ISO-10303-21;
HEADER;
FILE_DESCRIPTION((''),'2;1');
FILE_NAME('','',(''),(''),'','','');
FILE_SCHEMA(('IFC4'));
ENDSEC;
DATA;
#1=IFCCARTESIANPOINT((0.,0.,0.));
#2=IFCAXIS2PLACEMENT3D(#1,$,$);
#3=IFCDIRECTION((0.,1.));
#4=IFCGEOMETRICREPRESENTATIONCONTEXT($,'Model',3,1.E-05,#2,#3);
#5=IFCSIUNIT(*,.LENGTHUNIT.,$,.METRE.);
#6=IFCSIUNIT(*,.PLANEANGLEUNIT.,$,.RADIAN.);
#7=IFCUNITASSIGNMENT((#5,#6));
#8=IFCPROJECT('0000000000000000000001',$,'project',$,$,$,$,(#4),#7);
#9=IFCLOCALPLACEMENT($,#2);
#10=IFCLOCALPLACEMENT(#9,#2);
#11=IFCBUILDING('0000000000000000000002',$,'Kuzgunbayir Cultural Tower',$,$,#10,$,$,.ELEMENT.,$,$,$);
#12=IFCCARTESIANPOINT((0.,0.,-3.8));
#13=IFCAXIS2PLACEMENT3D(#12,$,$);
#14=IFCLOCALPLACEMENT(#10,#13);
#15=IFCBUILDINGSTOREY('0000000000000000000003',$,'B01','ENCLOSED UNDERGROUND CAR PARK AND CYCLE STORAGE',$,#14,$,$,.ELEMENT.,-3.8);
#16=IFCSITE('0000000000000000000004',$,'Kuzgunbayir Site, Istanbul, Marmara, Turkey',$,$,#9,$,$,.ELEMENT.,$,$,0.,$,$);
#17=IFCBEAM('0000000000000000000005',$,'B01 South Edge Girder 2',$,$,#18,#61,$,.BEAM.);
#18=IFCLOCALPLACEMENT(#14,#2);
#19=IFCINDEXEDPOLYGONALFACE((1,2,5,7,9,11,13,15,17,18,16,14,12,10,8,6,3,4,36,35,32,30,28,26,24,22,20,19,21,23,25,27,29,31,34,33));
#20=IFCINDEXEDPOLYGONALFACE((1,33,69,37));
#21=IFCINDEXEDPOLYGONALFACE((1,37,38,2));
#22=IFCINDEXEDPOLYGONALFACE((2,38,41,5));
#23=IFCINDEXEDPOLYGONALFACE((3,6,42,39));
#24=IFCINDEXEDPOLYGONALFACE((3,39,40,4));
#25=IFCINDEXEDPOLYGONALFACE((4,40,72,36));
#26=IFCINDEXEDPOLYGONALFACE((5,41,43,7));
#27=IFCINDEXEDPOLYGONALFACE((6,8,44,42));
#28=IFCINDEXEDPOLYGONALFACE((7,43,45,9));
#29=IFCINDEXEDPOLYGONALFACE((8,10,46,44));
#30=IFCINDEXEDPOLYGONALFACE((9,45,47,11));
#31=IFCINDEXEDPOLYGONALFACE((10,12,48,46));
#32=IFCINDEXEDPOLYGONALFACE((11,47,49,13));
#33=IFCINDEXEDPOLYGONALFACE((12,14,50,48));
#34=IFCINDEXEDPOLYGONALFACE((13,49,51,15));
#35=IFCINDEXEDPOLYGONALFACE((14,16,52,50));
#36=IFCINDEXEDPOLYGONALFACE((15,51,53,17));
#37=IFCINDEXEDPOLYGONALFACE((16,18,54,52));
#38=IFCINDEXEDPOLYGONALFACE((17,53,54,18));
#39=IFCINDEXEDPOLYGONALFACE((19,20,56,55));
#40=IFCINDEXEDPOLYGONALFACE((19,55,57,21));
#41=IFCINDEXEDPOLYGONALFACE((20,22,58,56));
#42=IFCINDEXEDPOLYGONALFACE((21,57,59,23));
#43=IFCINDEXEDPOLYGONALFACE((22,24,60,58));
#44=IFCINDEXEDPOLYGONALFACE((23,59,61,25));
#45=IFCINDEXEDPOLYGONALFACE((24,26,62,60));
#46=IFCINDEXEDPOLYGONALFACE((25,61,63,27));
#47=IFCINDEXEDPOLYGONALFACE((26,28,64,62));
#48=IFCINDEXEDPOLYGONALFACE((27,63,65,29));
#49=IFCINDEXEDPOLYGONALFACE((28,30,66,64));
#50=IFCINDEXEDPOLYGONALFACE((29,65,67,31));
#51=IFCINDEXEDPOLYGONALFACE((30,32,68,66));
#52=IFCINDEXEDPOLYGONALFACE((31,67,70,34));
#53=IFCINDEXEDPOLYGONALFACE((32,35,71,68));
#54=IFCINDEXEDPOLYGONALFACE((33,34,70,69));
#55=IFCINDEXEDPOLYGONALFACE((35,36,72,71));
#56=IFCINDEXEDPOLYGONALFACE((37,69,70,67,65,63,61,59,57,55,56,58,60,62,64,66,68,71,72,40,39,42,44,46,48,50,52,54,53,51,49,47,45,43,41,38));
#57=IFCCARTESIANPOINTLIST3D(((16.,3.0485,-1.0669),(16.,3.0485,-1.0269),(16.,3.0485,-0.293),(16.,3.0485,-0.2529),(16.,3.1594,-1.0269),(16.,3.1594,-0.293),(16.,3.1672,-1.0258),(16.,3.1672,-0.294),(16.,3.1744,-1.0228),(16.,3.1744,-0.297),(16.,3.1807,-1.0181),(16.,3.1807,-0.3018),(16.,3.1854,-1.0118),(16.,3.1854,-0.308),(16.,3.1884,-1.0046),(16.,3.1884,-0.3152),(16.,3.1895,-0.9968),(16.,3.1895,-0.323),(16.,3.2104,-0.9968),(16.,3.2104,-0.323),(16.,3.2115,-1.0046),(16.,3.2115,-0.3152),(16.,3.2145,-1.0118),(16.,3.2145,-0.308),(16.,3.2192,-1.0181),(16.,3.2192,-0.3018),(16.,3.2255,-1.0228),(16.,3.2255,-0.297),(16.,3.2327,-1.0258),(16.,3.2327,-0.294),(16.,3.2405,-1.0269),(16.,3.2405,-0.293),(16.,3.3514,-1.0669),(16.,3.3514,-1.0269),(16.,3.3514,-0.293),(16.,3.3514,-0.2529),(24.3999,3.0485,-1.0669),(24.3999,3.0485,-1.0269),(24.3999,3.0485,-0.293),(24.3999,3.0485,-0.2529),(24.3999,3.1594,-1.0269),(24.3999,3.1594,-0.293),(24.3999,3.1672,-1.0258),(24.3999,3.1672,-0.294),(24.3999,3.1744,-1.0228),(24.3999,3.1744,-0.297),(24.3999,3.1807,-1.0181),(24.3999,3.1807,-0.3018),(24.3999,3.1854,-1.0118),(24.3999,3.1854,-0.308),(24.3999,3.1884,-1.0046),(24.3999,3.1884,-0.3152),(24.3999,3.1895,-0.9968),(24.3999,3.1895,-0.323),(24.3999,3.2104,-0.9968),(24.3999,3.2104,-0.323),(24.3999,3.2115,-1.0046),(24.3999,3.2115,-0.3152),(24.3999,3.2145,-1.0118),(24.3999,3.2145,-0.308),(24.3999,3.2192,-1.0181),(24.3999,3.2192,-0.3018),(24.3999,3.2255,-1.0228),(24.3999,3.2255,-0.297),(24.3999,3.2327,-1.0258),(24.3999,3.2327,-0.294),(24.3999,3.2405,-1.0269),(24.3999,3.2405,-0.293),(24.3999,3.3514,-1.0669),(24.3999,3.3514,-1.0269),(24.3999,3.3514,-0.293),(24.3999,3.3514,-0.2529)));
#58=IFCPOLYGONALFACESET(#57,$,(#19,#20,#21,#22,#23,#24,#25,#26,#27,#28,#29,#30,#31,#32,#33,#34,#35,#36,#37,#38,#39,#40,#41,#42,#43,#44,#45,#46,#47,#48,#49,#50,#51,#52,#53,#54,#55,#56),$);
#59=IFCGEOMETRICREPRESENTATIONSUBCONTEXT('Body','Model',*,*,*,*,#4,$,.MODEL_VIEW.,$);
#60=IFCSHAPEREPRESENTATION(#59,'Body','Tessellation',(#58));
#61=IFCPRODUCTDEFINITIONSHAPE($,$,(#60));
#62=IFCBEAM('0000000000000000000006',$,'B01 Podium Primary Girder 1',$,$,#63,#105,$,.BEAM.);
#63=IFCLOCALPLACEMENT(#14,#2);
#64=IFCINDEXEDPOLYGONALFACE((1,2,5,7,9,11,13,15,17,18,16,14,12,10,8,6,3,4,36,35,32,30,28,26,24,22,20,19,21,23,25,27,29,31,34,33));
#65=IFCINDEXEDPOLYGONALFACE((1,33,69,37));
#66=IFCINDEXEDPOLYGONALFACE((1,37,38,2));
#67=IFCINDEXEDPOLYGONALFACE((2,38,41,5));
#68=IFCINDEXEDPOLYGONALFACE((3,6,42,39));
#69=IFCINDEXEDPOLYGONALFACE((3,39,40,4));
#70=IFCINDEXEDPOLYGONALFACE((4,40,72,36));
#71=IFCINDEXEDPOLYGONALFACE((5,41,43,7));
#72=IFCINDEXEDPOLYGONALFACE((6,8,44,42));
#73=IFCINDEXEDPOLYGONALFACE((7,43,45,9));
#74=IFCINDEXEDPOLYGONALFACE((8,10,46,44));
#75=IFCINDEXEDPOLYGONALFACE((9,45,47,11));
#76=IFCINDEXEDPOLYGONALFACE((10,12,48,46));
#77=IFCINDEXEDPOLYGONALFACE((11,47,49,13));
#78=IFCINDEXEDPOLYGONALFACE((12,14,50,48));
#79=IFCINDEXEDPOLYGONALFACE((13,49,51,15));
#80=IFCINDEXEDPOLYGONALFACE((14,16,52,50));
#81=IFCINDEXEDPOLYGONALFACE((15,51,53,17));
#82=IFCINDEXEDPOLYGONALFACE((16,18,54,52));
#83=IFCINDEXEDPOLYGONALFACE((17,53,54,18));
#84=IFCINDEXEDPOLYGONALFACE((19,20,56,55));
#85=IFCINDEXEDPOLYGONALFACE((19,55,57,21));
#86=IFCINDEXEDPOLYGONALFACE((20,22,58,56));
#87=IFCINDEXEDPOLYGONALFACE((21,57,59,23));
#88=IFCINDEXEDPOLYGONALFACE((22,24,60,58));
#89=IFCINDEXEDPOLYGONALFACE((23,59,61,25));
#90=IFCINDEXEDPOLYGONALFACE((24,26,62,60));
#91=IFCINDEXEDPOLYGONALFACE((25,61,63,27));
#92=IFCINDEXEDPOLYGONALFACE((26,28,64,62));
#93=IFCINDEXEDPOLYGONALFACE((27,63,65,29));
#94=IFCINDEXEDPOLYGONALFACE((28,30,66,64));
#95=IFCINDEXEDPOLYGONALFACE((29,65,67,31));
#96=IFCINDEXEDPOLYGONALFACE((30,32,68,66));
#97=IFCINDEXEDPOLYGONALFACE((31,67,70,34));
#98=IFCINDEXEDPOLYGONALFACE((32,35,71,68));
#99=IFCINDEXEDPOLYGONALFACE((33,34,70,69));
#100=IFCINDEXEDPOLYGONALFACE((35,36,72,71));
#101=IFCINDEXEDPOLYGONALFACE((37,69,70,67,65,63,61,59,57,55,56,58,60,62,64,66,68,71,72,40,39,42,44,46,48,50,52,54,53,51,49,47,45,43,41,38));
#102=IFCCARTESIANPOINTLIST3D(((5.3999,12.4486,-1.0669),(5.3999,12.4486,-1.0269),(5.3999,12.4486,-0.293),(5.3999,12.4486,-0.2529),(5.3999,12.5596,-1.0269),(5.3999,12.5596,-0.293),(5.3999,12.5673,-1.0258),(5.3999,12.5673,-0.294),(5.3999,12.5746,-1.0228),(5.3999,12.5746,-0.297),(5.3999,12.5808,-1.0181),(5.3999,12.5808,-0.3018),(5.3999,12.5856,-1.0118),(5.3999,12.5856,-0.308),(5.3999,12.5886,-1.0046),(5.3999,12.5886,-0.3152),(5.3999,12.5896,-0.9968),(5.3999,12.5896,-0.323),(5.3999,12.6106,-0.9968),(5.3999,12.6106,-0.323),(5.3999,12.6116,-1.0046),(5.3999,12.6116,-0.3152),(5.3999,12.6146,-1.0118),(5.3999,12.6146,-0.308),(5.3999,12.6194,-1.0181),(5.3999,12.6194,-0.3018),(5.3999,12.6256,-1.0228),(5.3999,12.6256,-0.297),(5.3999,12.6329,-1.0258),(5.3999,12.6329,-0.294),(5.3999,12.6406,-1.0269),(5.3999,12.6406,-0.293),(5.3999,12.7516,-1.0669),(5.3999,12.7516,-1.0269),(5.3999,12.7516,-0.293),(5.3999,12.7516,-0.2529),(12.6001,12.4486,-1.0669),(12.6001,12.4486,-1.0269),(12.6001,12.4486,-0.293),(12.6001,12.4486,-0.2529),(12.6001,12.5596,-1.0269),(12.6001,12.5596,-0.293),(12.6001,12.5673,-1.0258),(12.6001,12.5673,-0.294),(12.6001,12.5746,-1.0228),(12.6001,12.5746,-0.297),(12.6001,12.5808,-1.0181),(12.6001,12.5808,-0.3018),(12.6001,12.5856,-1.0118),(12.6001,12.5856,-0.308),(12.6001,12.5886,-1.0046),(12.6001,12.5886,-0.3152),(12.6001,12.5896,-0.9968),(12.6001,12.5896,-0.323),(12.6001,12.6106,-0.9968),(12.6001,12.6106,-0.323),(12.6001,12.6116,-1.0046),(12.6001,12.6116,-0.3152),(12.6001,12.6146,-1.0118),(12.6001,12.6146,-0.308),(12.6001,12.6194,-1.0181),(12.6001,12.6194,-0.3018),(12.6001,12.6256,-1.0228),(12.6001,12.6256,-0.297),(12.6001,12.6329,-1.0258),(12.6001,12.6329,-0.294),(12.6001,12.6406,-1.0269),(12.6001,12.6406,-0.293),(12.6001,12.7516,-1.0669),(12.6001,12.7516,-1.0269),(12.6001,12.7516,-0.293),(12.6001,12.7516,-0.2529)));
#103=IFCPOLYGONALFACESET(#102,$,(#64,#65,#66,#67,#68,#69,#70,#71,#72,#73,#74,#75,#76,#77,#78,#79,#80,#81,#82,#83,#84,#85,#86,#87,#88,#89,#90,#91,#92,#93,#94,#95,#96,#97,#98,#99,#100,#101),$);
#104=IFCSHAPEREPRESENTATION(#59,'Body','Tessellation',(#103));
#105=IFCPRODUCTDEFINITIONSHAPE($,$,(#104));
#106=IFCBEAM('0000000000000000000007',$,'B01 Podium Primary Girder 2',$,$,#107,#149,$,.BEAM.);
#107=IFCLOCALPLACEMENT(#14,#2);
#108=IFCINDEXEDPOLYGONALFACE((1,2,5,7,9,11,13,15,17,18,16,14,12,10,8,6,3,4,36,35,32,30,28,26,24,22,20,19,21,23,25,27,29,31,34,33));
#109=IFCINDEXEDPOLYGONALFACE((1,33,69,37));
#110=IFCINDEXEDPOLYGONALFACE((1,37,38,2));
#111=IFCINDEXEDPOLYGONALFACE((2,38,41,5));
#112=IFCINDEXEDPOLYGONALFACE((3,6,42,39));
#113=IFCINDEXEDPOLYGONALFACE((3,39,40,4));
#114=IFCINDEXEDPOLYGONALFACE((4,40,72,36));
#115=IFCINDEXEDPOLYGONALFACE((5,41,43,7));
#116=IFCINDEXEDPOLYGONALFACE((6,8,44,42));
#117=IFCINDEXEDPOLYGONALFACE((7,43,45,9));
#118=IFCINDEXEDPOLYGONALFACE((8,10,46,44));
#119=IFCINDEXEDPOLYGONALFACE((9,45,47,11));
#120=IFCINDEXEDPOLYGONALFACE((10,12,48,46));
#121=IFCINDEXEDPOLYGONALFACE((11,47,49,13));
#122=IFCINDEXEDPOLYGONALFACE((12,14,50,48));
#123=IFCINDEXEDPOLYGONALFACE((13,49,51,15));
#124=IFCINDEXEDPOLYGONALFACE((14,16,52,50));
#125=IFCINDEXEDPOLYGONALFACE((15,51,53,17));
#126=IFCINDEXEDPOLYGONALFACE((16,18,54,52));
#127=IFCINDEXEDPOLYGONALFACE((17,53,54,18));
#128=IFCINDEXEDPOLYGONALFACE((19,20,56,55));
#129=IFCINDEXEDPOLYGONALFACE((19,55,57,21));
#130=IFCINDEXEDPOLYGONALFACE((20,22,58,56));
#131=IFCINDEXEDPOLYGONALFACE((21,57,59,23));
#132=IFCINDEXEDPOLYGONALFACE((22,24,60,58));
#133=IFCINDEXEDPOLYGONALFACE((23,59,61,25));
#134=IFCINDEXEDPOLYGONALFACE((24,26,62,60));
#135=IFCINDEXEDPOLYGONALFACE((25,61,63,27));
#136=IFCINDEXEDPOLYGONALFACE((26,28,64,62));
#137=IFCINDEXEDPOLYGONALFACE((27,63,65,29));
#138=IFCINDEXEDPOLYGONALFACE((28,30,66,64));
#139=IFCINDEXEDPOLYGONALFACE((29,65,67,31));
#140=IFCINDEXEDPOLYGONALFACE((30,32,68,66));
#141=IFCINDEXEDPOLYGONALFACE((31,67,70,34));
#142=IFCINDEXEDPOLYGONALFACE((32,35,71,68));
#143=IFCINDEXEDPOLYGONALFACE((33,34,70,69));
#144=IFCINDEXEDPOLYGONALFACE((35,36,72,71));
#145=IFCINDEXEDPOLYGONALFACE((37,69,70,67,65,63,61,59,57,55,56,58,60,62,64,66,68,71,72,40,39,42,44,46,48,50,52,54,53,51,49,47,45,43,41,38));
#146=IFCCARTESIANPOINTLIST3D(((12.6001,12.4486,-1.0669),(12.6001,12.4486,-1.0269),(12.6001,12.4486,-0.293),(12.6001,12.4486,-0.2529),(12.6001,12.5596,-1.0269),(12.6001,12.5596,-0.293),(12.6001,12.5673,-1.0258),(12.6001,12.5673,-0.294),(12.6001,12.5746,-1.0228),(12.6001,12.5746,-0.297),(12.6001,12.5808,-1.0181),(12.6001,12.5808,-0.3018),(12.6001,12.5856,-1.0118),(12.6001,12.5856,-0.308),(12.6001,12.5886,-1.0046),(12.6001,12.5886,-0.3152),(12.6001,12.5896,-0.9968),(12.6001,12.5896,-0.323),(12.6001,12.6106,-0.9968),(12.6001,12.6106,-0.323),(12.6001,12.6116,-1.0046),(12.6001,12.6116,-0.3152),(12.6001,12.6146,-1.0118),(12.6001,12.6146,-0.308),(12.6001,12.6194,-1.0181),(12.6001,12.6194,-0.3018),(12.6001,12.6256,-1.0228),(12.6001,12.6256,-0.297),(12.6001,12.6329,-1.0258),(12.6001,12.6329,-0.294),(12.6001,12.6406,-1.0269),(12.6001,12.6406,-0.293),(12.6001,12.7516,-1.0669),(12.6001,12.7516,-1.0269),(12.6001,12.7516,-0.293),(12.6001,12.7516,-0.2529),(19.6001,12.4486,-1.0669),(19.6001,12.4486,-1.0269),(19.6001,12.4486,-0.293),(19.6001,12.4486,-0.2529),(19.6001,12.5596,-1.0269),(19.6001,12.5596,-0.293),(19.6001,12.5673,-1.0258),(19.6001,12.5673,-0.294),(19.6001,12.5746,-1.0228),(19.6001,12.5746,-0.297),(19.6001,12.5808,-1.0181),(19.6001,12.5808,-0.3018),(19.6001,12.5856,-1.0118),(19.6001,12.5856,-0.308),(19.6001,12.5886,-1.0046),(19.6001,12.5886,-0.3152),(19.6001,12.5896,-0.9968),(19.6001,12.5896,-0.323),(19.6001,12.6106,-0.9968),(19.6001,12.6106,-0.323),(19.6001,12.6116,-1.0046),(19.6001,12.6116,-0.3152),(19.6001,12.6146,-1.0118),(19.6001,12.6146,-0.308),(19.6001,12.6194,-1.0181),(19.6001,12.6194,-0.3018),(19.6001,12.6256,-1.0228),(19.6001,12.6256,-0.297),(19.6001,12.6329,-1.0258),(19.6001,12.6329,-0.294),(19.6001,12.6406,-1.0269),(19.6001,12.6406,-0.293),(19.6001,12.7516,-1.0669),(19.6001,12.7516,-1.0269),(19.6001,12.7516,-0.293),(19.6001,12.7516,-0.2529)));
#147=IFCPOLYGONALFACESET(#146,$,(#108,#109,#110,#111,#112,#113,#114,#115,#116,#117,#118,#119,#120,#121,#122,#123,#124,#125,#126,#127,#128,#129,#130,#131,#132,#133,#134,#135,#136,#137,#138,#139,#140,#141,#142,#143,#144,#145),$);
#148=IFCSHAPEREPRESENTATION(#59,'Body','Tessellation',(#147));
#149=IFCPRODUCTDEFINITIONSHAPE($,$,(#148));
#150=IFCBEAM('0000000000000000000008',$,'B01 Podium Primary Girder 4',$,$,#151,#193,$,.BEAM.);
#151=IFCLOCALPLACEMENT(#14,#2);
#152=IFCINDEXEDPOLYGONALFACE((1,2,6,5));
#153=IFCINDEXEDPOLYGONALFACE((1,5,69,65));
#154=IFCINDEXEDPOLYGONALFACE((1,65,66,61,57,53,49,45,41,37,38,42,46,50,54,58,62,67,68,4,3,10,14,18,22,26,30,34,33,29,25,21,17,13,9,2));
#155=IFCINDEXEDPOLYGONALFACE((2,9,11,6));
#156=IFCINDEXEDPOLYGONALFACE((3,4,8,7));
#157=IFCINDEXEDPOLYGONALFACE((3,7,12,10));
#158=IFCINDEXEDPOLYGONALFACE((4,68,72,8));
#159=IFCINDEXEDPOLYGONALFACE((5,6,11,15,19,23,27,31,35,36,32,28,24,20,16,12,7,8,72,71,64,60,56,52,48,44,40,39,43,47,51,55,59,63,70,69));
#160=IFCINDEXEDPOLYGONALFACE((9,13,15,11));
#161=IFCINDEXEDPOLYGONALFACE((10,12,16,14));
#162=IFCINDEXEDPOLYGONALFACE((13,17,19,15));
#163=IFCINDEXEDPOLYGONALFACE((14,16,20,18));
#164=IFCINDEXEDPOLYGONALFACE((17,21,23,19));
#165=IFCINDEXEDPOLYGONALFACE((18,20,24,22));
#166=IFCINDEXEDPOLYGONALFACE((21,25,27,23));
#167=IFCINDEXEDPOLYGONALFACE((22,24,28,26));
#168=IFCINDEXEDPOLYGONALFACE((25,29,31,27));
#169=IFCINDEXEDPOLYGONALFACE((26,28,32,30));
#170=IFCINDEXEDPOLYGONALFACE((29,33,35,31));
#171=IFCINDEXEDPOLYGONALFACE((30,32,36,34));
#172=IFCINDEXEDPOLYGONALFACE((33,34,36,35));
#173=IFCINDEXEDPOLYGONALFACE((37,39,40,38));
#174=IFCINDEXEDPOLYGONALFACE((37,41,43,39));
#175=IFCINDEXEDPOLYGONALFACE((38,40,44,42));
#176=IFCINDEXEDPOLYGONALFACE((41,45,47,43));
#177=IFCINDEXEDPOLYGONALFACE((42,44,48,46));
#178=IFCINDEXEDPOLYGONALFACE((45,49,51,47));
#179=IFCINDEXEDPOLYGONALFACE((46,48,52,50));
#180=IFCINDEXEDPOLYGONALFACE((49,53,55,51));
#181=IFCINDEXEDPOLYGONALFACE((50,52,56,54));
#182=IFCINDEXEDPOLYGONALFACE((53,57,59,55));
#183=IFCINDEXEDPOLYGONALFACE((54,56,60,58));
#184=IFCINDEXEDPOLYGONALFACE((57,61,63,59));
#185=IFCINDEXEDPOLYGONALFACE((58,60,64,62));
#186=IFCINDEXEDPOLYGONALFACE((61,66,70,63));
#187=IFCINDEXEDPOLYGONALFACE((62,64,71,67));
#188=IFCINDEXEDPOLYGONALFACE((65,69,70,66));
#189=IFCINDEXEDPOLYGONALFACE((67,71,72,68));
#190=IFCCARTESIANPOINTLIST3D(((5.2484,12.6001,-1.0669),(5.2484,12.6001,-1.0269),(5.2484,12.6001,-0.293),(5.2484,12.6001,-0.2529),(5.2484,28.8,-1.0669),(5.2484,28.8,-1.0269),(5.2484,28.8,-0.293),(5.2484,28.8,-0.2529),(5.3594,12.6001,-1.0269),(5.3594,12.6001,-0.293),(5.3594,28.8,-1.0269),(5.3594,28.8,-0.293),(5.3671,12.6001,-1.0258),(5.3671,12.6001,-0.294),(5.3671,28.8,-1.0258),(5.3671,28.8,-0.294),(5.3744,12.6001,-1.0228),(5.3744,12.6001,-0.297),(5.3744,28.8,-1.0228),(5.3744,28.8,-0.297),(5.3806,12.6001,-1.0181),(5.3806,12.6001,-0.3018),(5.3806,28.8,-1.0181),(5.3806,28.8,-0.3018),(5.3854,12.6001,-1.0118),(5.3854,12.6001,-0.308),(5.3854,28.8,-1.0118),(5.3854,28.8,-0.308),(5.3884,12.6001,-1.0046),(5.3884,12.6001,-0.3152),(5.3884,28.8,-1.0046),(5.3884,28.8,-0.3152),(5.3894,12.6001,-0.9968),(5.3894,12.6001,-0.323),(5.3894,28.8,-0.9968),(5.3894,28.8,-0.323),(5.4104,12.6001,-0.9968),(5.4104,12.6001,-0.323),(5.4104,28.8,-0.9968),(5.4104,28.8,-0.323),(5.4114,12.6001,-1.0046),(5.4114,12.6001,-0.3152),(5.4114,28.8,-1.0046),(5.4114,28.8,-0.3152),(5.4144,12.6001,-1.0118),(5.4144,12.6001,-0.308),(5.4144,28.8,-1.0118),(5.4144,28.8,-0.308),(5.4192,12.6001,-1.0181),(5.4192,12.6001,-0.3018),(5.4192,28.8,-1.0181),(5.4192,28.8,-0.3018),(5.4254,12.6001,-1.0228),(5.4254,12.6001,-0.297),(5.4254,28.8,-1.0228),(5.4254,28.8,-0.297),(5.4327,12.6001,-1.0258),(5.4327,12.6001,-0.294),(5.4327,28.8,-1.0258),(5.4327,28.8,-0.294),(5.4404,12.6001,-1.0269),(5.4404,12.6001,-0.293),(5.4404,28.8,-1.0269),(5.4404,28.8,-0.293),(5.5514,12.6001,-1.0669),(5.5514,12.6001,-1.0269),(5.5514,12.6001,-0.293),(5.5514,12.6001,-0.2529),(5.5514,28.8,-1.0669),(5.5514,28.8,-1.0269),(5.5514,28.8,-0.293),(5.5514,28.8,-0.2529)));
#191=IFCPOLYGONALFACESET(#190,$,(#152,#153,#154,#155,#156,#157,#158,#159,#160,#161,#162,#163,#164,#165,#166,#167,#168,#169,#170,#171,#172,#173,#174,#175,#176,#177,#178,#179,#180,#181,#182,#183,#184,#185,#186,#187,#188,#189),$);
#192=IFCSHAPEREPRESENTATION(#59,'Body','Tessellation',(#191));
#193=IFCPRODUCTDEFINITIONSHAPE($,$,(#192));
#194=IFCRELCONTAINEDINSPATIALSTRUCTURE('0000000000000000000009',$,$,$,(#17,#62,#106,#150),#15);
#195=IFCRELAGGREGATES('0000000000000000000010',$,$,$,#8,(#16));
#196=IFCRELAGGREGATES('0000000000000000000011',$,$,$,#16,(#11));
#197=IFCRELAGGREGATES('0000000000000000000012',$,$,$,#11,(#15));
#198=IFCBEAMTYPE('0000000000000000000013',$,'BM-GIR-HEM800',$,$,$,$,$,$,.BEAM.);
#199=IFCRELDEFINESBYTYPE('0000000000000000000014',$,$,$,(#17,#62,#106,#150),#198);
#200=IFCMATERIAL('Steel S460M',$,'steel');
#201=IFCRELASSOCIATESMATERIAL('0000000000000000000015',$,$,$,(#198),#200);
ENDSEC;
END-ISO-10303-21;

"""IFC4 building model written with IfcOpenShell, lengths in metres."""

from ifc_helpers import new_model, si_unit, direction, frame, origin, origin_2d, place, context, subcontext, project, spatial, i_section, extrude, material, material_profile, profile_set, type_object, element, save


model = new_model("IFC4")

# Units and contexts
model_context = context("Model", 3, precision=1e-05, world=origin(), true_north=direction((0.0, 1.0)))
body_context = subcontext(model_context, "Body", "Model", "MODEL_VIEW")
ifc_project = project(units=[si_unit("LENGTHUNIT", "METRE"), si_unit("PLANEANGLEUNIT", "RADIAN")], contexts=[model_context])

# Site, building, storey
site_placement = place(None, origin())
site = spatial("IfcSite", under=ifc_project, at=site_placement, Name="Kuzgunbayir Site, Istanbul, Marmara, Turkey", CompositionType="ELEMENT", RefElevation=0.0)
building_placement = place(site_placement, origin())
building = spatial("IfcBuilding", under=site, at=building_placement, Name="Kuzgunbayir Cultural Tower", CompositionType="ELEMENT")
storey_placement = place(building_placement, frame((0.0, 0.0, -3.8)))
storey = spatial("IfcBuildingStorey", under=building, at=storey_placement, Name="B01", Description="ENCLOSED UNDERGROUND CAR PARK AND CYCLE STORAGE", CompositionType="ELEMENT", Elevation=-3.8)

# Beams
ifc_material_1 = material(Name="Steel S460M", Category="steel")
ifc_material_profile_1 = material_profile(ifc_material_1, i_section(OverallWidth=0.303, OverallDepth=0.814, WebThickness=0.021, FlangeThickness=0.04, FilletRadius=0.03, at=origin_2d()), Name="HEM 800")
ifc_profile_set_1 = profile_set([ifc_material_profile_1], Name="Steel S460M")
beam_type_1 = type_object("IfcBeamType", Name="BM-GIR-HEM800", PredefinedType="BEAM", material=ifc_profile_set_1)
beam_1_placement = place(storey_placement, frame((16.0, 3.2, -0.6599), z_axis=(1.0, 0.0, 0.0), x_axis=(0.0, 1.0, 0.0)))
element("IfcBeam", 1, at=beam_1_placement, inside=storey, type_object=beam_type_1, Name="B01 South Edge Girder 2", PredefinedType="BEAM", context=body_context, shape_type="SweptSolid", body=[
    extrude(i_section(OverallWidth=0.303, OverallDepth=0.814, WebThickness=0.021, FlangeThickness=0.04, FilletRadius=0.03, at=origin_2d()), origin(), (0.0, 0.0, 1.0), 8.3999),
])
beam_2_placement = place(storey_placement, frame((5.3999, 12.6001, -0.6599), z_axis=(1.0, 0.0, 0.0), x_axis=(0.0, 1.0, 0.0)))
element("IfcBeam", 2, at=beam_2_placement, inside=storey, type_object=beam_type_1, Name="B01 Podium Primary Girder 1", PredefinedType="BEAM", context=body_context, shape_type="SweptSolid", body=[
    extrude(i_section(OverallWidth=0.303, OverallDepth=0.814, WebThickness=0.021, FlangeThickness=0.04, FilletRadius=0.03, at=origin_2d()), origin(), (0.0, 0.0, 1.0), 7.2002),
])
beam_3_placement = place(storey_placement, frame((12.6001, 12.6001, -0.6599), z_axis=(1.0, 0.0, 0.0), x_axis=(0.0, 1.0, 0.0)))
element("IfcBeam", 3, at=beam_3_placement, inside=storey, type_object=beam_type_1, Name="B01 Podium Primary Girder 2", PredefinedType="BEAM", context=body_context, shape_type="SweptSolid", body=[
    extrude(i_section(OverallWidth=0.303, OverallDepth=0.814, WebThickness=0.021, FlangeThickness=0.04, FilletRadius=0.03, at=origin_2d()), origin(), (0.0, 0.0, 1.0), 7.0),
])
for number, where, z_axis, x_axis, name in (
    (4, (5.3999, 12.6001, -0.6599), (0.0, 1.0, 0.0), (-1.0, 0.0, 0.0), "B01 Podium Primary Girder 4"),
):
    element("IfcBeam", number, at=place(storey_placement, frame(where, z_axis=z_axis, x_axis=x_axis)), inside=storey, type_object=beam_type_1, Name=name, PredefinedType="BEAM", context=body_context, shape_type="SweptSolid", body=[
        extrude(i_section(OverallWidth=0.303, OverallDepth=0.814, WebThickness=0.021, FlangeThickness=0.04, FilletRadius=0.03, at=origin_2d()), origin(), (0.0, 0.0, 1.0), 16.2),
    ])

save(model, "model.ifc")
